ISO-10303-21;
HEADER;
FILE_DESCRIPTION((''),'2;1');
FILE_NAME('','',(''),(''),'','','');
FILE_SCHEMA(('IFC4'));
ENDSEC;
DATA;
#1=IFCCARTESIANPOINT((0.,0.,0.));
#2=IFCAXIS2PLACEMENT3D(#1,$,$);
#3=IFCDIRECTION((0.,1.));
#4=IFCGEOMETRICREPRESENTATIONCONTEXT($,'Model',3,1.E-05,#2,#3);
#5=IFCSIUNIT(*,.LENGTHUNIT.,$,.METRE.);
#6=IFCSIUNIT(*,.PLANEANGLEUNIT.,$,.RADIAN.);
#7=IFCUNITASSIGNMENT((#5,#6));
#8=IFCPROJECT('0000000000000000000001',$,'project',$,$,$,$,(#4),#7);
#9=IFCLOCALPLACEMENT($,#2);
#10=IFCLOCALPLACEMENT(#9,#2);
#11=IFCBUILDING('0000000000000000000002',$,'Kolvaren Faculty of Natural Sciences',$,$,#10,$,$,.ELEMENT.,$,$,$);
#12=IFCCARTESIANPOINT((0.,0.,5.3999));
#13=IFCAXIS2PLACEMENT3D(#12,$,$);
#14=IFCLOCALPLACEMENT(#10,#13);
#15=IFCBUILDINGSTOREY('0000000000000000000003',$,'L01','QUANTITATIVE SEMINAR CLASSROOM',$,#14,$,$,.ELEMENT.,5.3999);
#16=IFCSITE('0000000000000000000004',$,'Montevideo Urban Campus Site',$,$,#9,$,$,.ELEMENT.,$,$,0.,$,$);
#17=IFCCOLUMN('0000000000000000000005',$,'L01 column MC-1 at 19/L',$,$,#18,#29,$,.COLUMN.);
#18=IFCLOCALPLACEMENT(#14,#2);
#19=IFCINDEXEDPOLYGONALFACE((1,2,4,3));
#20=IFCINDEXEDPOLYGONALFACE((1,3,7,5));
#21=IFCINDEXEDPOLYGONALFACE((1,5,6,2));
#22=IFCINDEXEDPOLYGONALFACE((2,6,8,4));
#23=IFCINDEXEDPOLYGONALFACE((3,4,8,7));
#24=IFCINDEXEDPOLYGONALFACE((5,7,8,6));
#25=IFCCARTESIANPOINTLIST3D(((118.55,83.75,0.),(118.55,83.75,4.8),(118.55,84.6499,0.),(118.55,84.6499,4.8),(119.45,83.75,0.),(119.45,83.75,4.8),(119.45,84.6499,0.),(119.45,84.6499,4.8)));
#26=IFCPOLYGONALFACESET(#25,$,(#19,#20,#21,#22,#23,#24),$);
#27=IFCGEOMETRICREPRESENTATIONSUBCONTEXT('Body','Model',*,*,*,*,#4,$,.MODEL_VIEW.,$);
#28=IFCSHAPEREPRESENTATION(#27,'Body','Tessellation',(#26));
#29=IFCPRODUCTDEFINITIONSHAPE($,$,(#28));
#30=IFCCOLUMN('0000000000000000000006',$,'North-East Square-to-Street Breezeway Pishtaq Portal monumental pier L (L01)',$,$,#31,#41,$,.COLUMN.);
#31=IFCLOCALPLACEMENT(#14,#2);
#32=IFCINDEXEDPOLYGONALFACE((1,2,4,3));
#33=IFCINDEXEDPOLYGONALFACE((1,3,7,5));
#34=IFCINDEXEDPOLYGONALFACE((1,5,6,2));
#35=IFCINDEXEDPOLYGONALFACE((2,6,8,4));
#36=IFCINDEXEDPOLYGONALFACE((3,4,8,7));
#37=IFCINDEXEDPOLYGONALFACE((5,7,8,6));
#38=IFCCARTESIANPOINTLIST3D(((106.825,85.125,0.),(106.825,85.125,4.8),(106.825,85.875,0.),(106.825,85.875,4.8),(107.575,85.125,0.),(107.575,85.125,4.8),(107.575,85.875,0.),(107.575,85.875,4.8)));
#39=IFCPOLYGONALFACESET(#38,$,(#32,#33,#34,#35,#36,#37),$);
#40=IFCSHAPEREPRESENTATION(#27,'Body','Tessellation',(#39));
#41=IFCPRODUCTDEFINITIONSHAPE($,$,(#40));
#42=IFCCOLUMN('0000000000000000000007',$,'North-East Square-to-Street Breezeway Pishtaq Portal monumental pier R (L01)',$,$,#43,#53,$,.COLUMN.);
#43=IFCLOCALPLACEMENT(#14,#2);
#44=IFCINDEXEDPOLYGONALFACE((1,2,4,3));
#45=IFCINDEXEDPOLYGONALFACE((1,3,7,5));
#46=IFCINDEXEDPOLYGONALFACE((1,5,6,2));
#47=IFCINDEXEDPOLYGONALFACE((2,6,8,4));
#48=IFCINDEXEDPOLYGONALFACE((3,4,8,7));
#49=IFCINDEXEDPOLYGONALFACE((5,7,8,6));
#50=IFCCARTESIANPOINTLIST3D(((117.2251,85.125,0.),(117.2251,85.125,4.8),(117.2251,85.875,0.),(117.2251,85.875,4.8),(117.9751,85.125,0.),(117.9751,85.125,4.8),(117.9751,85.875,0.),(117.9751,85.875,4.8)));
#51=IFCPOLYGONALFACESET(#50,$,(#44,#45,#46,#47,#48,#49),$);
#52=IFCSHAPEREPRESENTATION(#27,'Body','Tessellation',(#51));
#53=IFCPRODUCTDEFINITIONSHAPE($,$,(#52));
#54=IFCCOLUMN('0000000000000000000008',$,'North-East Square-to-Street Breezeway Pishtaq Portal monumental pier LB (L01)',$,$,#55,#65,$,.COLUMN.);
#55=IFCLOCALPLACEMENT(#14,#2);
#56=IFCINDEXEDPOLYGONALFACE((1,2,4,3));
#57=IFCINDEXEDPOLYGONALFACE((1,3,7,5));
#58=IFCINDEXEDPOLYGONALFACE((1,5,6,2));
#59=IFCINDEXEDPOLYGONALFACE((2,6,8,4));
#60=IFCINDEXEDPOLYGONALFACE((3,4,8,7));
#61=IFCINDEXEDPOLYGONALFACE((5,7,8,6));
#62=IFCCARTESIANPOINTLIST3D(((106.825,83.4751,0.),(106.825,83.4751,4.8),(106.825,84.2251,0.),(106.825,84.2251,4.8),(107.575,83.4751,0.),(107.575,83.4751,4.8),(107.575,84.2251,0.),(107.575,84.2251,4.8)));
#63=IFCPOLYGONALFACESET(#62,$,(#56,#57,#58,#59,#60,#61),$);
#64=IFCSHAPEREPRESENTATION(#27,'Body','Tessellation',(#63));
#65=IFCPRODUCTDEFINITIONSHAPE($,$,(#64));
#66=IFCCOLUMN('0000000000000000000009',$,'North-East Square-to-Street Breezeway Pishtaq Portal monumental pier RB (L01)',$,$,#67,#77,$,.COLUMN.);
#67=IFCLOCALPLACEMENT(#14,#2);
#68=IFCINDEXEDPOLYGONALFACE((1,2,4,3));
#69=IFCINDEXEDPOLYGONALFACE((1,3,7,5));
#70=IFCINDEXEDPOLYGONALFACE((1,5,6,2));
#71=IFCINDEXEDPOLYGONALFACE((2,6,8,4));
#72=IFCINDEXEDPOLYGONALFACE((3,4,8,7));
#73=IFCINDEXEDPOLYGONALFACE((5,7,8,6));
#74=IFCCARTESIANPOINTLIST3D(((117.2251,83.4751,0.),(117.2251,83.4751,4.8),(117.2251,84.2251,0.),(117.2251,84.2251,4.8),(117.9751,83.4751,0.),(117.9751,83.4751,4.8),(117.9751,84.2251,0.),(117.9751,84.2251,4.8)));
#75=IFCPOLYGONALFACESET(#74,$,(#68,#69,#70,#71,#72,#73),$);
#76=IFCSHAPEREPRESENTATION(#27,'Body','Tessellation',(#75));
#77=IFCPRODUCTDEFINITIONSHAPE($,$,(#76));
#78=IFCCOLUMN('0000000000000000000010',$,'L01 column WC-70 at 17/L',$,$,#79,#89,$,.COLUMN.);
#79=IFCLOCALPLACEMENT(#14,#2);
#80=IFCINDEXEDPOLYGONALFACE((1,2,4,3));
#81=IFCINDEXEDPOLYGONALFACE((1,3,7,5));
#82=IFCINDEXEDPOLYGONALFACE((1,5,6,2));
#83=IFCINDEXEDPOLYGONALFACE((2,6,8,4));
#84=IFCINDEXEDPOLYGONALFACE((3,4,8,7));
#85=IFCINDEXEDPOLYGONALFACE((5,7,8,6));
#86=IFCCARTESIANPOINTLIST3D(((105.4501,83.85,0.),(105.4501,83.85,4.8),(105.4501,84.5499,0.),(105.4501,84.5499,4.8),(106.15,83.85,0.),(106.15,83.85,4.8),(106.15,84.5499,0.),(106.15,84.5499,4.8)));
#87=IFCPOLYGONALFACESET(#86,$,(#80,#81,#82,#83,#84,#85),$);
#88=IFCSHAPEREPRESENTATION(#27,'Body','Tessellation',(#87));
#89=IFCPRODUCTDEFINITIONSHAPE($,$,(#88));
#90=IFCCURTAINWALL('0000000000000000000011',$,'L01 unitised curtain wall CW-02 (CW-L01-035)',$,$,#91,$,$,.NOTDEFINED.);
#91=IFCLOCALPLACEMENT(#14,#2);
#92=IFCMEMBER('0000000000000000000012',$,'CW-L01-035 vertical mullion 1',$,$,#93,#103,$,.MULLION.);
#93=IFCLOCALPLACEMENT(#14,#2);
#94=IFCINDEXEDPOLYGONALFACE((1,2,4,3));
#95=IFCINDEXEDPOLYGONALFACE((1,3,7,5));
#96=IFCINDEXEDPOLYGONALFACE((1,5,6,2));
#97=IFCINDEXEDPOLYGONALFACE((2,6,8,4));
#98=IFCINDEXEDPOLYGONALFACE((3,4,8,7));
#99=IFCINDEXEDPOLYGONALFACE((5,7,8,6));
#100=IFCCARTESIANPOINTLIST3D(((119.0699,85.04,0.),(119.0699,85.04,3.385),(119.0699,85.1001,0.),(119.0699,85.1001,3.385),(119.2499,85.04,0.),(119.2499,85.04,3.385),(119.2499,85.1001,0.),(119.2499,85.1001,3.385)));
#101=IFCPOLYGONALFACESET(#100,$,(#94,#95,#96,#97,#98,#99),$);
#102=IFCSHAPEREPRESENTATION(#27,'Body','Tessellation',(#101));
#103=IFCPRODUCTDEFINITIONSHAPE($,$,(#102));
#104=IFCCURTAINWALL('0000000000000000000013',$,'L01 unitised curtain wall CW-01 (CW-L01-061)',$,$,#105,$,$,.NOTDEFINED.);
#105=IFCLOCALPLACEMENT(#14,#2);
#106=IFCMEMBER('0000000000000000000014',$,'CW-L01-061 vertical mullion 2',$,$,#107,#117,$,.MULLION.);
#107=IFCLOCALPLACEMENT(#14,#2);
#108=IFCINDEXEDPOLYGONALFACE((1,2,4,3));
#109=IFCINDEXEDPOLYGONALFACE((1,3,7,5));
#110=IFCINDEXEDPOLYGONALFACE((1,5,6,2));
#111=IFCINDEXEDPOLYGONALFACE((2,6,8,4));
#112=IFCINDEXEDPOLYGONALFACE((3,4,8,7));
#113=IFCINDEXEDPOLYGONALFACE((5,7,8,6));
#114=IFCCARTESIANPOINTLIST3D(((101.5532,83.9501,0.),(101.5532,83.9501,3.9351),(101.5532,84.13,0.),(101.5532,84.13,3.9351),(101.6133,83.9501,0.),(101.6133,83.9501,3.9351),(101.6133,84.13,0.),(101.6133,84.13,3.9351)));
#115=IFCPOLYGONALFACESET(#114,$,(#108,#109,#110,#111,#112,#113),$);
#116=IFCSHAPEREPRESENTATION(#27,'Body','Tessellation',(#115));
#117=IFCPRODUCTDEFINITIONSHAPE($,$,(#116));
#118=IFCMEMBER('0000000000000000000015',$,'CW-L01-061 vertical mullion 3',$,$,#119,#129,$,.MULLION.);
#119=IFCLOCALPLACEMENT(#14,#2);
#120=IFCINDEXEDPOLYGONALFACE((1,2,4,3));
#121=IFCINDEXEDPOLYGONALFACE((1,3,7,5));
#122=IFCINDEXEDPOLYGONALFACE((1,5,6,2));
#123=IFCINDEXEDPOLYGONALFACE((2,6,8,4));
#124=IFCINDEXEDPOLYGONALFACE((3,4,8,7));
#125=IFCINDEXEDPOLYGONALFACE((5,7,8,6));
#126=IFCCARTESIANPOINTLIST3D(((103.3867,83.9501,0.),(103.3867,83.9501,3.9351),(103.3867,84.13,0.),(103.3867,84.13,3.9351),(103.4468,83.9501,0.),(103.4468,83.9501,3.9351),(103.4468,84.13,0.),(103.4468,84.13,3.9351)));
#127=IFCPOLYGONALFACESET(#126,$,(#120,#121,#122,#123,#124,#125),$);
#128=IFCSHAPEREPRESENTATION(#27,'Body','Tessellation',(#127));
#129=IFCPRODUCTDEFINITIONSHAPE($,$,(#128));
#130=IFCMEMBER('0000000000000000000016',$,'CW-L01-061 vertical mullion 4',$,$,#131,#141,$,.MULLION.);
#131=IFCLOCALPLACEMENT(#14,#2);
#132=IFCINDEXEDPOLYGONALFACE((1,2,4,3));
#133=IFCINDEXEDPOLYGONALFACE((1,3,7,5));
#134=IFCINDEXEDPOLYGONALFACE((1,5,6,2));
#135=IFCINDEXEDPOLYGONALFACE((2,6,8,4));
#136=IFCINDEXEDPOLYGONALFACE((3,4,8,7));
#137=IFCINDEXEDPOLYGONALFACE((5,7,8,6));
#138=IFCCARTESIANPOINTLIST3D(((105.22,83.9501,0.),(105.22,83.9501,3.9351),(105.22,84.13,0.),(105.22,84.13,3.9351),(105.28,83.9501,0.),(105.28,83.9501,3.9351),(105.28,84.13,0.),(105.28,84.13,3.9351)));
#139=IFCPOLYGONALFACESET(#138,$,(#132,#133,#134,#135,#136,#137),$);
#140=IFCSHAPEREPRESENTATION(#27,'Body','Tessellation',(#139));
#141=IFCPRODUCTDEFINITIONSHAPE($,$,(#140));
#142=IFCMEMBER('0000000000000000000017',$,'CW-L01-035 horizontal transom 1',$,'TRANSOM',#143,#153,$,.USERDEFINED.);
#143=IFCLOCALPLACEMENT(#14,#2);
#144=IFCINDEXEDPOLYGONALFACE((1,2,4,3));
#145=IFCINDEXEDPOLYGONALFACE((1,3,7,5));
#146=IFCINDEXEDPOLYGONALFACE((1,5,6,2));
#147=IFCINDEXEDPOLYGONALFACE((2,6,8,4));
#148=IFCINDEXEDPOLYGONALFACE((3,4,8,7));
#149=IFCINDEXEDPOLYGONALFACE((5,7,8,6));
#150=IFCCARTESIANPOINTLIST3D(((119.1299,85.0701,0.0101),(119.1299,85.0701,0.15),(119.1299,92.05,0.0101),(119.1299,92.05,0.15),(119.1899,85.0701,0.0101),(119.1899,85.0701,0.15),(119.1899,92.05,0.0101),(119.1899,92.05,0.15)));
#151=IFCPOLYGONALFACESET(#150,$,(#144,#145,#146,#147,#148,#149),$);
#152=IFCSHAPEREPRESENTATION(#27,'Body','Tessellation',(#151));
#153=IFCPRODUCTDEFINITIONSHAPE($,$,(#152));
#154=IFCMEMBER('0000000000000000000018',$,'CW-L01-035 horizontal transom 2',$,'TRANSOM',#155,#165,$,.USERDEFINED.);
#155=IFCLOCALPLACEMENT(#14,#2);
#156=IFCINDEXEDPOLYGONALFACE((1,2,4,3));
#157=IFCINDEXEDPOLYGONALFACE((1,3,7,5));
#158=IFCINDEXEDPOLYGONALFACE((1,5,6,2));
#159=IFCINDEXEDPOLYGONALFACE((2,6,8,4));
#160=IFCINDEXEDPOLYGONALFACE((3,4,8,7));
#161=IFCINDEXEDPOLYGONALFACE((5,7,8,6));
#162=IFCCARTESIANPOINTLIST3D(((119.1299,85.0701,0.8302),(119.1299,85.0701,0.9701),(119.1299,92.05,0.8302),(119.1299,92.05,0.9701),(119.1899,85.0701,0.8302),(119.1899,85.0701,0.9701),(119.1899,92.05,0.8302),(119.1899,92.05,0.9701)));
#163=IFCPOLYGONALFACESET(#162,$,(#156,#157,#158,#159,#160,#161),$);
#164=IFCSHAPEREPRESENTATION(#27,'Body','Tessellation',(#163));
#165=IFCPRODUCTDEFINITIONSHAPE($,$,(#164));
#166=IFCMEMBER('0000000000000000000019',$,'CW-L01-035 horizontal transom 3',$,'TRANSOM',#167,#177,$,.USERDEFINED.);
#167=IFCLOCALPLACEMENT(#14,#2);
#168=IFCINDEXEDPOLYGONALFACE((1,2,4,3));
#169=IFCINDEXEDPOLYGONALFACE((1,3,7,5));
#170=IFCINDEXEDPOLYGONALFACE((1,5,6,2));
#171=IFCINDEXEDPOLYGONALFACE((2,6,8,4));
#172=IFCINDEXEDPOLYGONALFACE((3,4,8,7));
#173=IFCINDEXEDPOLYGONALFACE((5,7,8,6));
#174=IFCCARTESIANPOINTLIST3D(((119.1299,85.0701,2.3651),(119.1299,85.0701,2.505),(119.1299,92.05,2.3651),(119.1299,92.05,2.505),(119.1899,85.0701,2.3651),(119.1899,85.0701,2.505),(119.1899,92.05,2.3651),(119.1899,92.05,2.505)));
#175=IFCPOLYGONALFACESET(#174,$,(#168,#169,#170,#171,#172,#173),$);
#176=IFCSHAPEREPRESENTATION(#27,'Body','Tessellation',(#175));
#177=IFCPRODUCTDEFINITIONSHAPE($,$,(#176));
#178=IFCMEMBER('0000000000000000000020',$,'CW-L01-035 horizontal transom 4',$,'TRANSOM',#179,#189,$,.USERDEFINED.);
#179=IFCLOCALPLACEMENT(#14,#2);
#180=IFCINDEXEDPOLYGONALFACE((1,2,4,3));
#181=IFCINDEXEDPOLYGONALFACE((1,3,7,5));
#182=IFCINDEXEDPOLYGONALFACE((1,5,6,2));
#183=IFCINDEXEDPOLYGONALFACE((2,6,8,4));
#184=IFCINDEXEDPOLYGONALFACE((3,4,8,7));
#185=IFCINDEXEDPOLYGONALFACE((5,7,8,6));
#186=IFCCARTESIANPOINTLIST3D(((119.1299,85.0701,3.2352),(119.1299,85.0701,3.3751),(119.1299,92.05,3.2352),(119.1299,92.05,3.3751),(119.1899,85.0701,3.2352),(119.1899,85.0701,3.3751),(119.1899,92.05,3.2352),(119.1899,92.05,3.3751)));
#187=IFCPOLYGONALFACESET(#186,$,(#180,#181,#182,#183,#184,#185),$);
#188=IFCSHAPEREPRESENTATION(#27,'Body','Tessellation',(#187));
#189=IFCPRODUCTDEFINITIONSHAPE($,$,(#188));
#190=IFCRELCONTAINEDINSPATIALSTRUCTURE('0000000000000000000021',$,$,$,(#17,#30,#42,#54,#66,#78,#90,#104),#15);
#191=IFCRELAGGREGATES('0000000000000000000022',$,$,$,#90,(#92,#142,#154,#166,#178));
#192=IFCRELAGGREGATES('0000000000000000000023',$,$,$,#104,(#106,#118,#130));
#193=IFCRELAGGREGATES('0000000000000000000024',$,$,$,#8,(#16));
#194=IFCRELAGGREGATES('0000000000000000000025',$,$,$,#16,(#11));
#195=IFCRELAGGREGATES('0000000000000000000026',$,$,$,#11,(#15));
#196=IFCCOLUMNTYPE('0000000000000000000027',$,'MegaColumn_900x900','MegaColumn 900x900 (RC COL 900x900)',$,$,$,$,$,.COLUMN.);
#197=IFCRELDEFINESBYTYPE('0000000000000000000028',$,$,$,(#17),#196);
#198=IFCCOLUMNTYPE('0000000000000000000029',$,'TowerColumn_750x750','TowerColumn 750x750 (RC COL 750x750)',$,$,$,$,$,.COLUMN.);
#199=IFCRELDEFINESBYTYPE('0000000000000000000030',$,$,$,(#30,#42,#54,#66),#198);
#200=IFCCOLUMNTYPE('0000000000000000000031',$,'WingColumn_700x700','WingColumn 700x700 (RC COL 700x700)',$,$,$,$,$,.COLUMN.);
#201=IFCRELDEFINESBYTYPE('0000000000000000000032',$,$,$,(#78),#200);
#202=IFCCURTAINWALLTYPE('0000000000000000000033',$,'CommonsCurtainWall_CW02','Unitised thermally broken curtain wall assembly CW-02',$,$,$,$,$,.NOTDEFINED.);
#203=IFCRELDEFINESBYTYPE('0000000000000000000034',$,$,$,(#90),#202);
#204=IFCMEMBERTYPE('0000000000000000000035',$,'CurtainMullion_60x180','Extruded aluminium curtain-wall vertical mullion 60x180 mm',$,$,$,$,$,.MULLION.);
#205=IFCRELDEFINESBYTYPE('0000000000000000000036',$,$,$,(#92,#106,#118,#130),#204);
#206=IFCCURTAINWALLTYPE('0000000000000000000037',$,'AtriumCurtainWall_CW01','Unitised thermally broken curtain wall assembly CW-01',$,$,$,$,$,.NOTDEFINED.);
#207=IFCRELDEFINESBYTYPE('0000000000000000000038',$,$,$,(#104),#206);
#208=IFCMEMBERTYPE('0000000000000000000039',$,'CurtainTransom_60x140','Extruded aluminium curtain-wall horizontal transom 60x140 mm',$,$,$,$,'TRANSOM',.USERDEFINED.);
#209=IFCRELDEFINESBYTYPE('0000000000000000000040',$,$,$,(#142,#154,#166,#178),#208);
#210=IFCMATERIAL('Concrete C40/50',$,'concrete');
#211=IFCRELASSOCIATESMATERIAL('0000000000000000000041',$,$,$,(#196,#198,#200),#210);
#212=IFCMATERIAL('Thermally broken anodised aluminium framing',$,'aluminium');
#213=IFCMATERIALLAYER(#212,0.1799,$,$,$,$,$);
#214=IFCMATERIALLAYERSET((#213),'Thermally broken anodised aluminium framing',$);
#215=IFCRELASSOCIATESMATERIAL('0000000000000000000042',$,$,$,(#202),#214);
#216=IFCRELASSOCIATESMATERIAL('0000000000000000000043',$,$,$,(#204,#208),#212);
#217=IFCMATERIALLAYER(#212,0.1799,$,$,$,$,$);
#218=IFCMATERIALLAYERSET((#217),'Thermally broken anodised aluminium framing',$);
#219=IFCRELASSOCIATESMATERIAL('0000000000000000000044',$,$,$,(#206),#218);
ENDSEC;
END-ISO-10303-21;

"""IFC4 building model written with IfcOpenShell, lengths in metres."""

from ifc_helpers import new_model, si_unit, direction, frame, origin, origin_2d, place, context, subcontext, project, spatial, rectangle, extrude, material, layer, layer_set, material_profile, profile_set, type_object, element, aggregate, save


model = new_model("IFC4")

# Units and contexts
model_context = context("Model", 3, precision=1e-05, world=origin(), true_north=direction((0.0, 1.0)))
body_context = subcontext(model_context, "Body", "Model", "MODEL_VIEW")
ifc_project = project(units=[si_unit("LENGTHUNIT", "METRE"), si_unit("PLANEANGLEUNIT", "RADIAN")], contexts=[model_context])

# Site, building, storey
site_placement = place(None, origin())
site = spatial("IfcSite", under=ifc_project, at=site_placement, Name="Montevideo Urban Campus Site", CompositionType="ELEMENT", RefElevation=0.0)
building_placement = place(site_placement, origin())
building = spatial("IfcBuilding", under=site, at=building_placement, Name="Kolvaren Faculty of Natural Sciences", CompositionType="ELEMENT")
storey_placement = place(building_placement, frame((0.0, 0.0, 5.3999)))
storey = spatial("IfcBuildingStorey", under=building, at=storey_placement, Name="L01", Description="QUANTITATIVE SEMINAR CLASSROOM", CompositionType="ELEMENT", Elevation=5.3999)

# Columns
ifc_material_1 = material(Name="Concrete C40/50", Category="concrete")
ifc_material_profile_1 = material_profile(ifc_material_1, rectangle(XDim=0.8999, YDim=0.8999, at=origin_2d()), Name="RC COL 900x900")
ifc_profile_set_1 = profile_set([ifc_material_profile_1], Name="Concrete C40/50")
column_type_1 = type_object("IfcColumnType", Name="MegaColumn_900x900", Description="MegaColumn 900x900 (RC COL 900x900)", PredefinedType="COLUMN", material=ifc_profile_set_1)
column_1_placement = place(storey_placement, frame((119.0, 84.2, 0.0), z_axis=(0.0, 0.0, 1.0), x_axis=(1.0, 0.0, 0.0)))
element("IfcColumn", 1, at=column_1_placement, inside=storey, type_object=column_type_1, Name="L01 column MC-1 at 19/L", PredefinedType="COLUMN", context=body_context, shape_type="SweptSolid", body=[
    extrude(rectangle(XDim=0.8999, YDim=0.8999, at=origin_2d()), origin(), (0.0, 0.0, 1.0), 4.8),
])
ifc_material_profile_2 = material_profile(ifc_material_1, rectangle(XDim=0.75, YDim=0.75, at=origin_2d()), Name="RC COL 750x750")
ifc_profile_set_2 = profile_set([ifc_material_profile_2], Name="Concrete C40/50")
column_type_2 = type_object("IfcColumnType", Name="TowerColumn_750x750", Description="TowerColumn 750x750 (RC COL 750x750)", PredefinedType="COLUMN", material=ifc_profile_set_2)
for number, where, z_axis, x_axis, name in (
    (2, (107.2, 85.5, 0.0), (0.0, 0.0, 1.0), (1.0, 0.0, 0.0), "North-East Square-to-Street Breezeway Pishtaq Portal monumental pier L (L01)"),
    (3, (117.6001, 85.5, 0.0), (0.0, 0.0, 1.0), (1.0, 0.0, 0.0), "North-East Square-to-Street Breezeway Pishtaq Portal monumental pier R (L01)"),
    (4, (107.2, 83.8501, 0.0), (0.0, 0.0, 1.0), (1.0, 0.0, 0.0), "North-East Square-to-Street Breezeway Pishtaq Portal monumental pier LB (L01)"),
    (5, (117.6001, 83.8501, 0.0), (0.0, 0.0, 1.0), (1.0, 0.0, 0.0), "North-East Square-to-Street Breezeway Pishtaq Portal monumental pier RB (L01)"),
):
    element("IfcColumn", number, at=place(storey_placement, frame(where, z_axis=z_axis, x_axis=x_axis)), inside=storey, type_object=column_type_2, Name=name, PredefinedType="COLUMN", context=body_context, shape_type="SweptSolid", body=[
        extrude(rectangle(XDim=0.75, YDim=0.75, at=origin_2d()), origin(), (0.0, 0.0, 1.0), 4.8),
    ])
ifc_material_profile_3 = material_profile(ifc_material_1, rectangle(XDim=0.7, YDim=0.7, at=origin_2d()), Name="RC COL 700x700")
ifc_profile_set_3 = profile_set([ifc_material_profile_3], Name="Concrete C40/50")
column_type_3 = type_object("IfcColumnType", Name="WingColumn_700x700", Description="WingColumn 700x700 (RC COL 700x700)", PredefinedType="COLUMN", material=ifc_profile_set_3)
column_2_placement = place(storey_placement, frame((105.8, 84.2, 0.0), z_axis=(0.0, 0.0, 1.0), x_axis=(1.0, 0.0, 0.0)))
element("IfcColumn", 6, at=column_2_placement, inside=storey, type_object=column_type_3, Name="L01 column WC-70 at 17/L", PredefinedType="COLUMN", context=body_context, shape_type="SweptSolid", body=[
    extrude(rectangle(XDim=0.7, YDim=0.7, at=origin_2d()), origin(), (0.0, 0.0, 1.0), 4.8),
])

# Curtain wall, member
ifc_material_2 = material(Name="Thermally broken anodised aluminium framing", Category="aluminium")
ifc_layer_1 = layer(ifc_material_2, 0.1799)
ifc_layer_set_1 = layer_set([ifc_layer_1], Name="Thermally broken anodised aluminium framing")
curtain_wall_type_1 = type_object("IfcCurtainWallType", Name="CommonsCurtainWall_CW02", Description="Unitised thermally broken curtain wall assembly CW-02", PredefinedType="NOTDEFINED", material=ifc_layer_set_1)
curtain_wall_1_placement = place(storey_placement, origin())
curtain_wall_1 = element("IfcCurtainWall", 7, at=curtain_wall_1_placement, inside=storey, type_object=curtain_wall_type_1, Name="L01 unitised curtain wall CW-02 (CW-L01-035)", PredefinedType="NOTDEFINED")
ifc_material_profile_4 = material_profile(ifc_material_2, rectangle(XDim=0.0601, YDim=0.1799, at=origin_2d()), Name="ALU MUL 60x180")
ifc_profile_set_4 = profile_set([ifc_material_profile_4], Name="Thermally broken anodised aluminium framing")
member_type_1 = type_object("IfcMemberType", Name="CurtainMullion_60x180", Description="Extruded aluminium curtain-wall vertical mullion 60x180 mm", PredefinedType="MULLION", material=ifc_profile_set_4)
member_1_placement = place(storey_placement, frame((119.1599, 85.0701, 0.0), z_axis=(0.0, 0.0, 1.0), x_axis=(0.0, 1.0, 0.0)))
member_1 = element("IfcMember", 8, at=member_1_placement, type_object=member_type_1, Name="CW-L01-035 vertical mullion 1", PredefinedType="MULLION", context=body_context, shape_type="SweptSolid", body=[
    extrude(rectangle(XDim=0.0601, YDim=0.1799, at=origin_2d()), origin(), (0.0, 0.0, 1.0), 3.385),
])

# Curtain wall, members
ifc_layer_2 = layer(ifc_material_2, 0.1799)
ifc_layer_set_2 = layer_set([ifc_layer_2], Name="Thermally broken anodised aluminium framing")
curtain_wall_type_2 = type_object("IfcCurtainWallType", Name="AtriumCurtainWall_CW01", Description="Unitised thermally broken curtain wall assembly CW-01", PredefinedType="NOTDEFINED", material=ifc_layer_set_2)
curtain_wall_2_placement = place(storey_placement, origin())
curtain_wall_2 = element("IfcCurtainWall", 9, at=curtain_wall_2_placement, inside=storey, type_object=curtain_wall_type_2, Name="L01 unitised curtain wall CW-01 (CW-L01-061)", PredefinedType="NOTDEFINED")
member_2_placement = place(storey_placement, frame((101.5833, 84.04, 0.0), z_axis=(0.0, 0.0, 1.0), x_axis=(1.0, 0.0, 0.0)))
member_2 = element("IfcMember", 10, at=member_2_placement, type_object=member_type_1, Name="CW-L01-061 vertical mullion 2", PredefinedType="MULLION", context=body_context, shape_type="SweptSolid", body=[
    extrude(rectangle(XDim=0.0601, YDim=0.1799, at=origin_2d()), origin(), (0.0, 0.0, 1.0), 3.9351),
])
member_3_placement = place(storey_placement, frame((103.4167, 84.04, 0.0), z_axis=(0.0, 0.0, 1.0), x_axis=(1.0, 0.0, 0.0)))
member_3 = element("IfcMember", 11, at=member_3_placement, type_object=member_type_1, Name="CW-L01-061 vertical mullion 3", PredefinedType="MULLION", context=body_context, shape_type="SweptSolid", body=[
    extrude(rectangle(XDim=0.0601, YDim=0.1799, at=origin_2d()), origin(), (0.0, 0.0, 1.0), 3.9351),
])
member_4_placement = place(storey_placement, frame((105.25, 84.04, 0.0), z_axis=(0.0, 0.0, 1.0), x_axis=(1.0, 0.0, 0.0)))
member_4 = element("IfcMember", 12, at=member_4_placement, type_object=member_type_1, Name="CW-L01-061 vertical mullion 4", PredefinedType="MULLION", context=body_context, shape_type="SweptSolid", body=[
    extrude(rectangle(XDim=0.0601, YDim=0.1799, at=origin_2d()), origin(), (0.0, 0.0, 1.0), 3.9351),
])

# Members
ifc_material_profile_5 = material_profile(ifc_material_2, rectangle(XDim=0.0601, YDim=0.1399, at=origin_2d()), Name="ALU TRN 60x140")
ifc_profile_set_5 = profile_set([ifc_material_profile_5], Name="Thermally broken anodised aluminium framing")
member_type_2 = type_object("IfcMemberType", Name="CurtainTransom_60x140", Description="Extruded aluminium curtain-wall horizontal transom 60x140 mm", ElementType="TRANSOM", PredefinedType="USERDEFINED", material=ifc_profile_set_5)
member_5_placement = place(storey_placement, frame((119.1599, 85.0701, 0.0801), z_axis=(0.0, 1.0, 0.0), x_axis=(-1.0, 0.0, 0.0)))
member_5 = element("IfcMember", 13, at=member_5_placement, type_object=member_type_2, Name="CW-L01-035 horizontal transom 1", ObjectType="TRANSOM", PredefinedType="USERDEFINED", context=body_context, shape_type="SweptSolid", body=[
    extrude(rectangle(XDim=0.0601, YDim=0.1399, at=origin_2d()), origin(), (0.0, 0.0, 1.0), 6.98),
])
member_6_placement = place(storey_placement, frame((119.1599, 85.0701, 0.9001), z_axis=(0.0, 1.0, 0.0), x_axis=(-1.0, 0.0, 0.0)))
member_6 = element("IfcMember", 14, at=member_6_placement, type_object=member_type_2, Name="CW-L01-035 horizontal transom 2", ObjectType="TRANSOM", PredefinedType="USERDEFINED", context=body_context, shape_type="SweptSolid", body=[
    extrude(rectangle(XDim=0.0601, YDim=0.1399, at=origin_2d()), origin(), (0.0, 0.0, 1.0), 6.98),
])
member_7_placement = place(storey_placement, frame((119.1599, 85.0701, 2.4351), z_axis=(0.0, 1.0, 0.0), x_axis=(-1.0, 0.0, 0.0)))
member_7 = element("IfcMember", 15, at=member_7_placement, type_object=member_type_2, Name="CW-L01-035 horizontal transom 3", ObjectType="TRANSOM", PredefinedType="USERDEFINED", context=body_context, shape_type="SweptSolid", body=[
    extrude(rectangle(XDim=0.0601, YDim=0.1399, at=origin_2d()), origin(), (0.0, 0.0, 1.0), 6.98),
])
member_8_placement = place(storey_placement, frame((119.1599, 85.0701, 3.3052), z_axis=(0.0, 1.0, 0.0), x_axis=(-1.0, 0.0, 0.0)))
member_8 = element("IfcMember", 16, at=member_8_placement, type_object=member_type_2, Name="CW-L01-035 horizontal transom 4", ObjectType="TRANSOM", PredefinedType="USERDEFINED", context=body_context, shape_type="SweptSolid", body=[
    extrude(rectangle(XDim=0.0601, YDim=0.1399, at=origin_2d()), origin(), (0.0, 0.0, 1.0), 6.98),
])

aggregate(curtain_wall_1, [member_1, member_5, member_6, member_7, member_8])
aggregate(curtain_wall_2, [member_2, member_3, member_4])

save(model, "model.ifc")
